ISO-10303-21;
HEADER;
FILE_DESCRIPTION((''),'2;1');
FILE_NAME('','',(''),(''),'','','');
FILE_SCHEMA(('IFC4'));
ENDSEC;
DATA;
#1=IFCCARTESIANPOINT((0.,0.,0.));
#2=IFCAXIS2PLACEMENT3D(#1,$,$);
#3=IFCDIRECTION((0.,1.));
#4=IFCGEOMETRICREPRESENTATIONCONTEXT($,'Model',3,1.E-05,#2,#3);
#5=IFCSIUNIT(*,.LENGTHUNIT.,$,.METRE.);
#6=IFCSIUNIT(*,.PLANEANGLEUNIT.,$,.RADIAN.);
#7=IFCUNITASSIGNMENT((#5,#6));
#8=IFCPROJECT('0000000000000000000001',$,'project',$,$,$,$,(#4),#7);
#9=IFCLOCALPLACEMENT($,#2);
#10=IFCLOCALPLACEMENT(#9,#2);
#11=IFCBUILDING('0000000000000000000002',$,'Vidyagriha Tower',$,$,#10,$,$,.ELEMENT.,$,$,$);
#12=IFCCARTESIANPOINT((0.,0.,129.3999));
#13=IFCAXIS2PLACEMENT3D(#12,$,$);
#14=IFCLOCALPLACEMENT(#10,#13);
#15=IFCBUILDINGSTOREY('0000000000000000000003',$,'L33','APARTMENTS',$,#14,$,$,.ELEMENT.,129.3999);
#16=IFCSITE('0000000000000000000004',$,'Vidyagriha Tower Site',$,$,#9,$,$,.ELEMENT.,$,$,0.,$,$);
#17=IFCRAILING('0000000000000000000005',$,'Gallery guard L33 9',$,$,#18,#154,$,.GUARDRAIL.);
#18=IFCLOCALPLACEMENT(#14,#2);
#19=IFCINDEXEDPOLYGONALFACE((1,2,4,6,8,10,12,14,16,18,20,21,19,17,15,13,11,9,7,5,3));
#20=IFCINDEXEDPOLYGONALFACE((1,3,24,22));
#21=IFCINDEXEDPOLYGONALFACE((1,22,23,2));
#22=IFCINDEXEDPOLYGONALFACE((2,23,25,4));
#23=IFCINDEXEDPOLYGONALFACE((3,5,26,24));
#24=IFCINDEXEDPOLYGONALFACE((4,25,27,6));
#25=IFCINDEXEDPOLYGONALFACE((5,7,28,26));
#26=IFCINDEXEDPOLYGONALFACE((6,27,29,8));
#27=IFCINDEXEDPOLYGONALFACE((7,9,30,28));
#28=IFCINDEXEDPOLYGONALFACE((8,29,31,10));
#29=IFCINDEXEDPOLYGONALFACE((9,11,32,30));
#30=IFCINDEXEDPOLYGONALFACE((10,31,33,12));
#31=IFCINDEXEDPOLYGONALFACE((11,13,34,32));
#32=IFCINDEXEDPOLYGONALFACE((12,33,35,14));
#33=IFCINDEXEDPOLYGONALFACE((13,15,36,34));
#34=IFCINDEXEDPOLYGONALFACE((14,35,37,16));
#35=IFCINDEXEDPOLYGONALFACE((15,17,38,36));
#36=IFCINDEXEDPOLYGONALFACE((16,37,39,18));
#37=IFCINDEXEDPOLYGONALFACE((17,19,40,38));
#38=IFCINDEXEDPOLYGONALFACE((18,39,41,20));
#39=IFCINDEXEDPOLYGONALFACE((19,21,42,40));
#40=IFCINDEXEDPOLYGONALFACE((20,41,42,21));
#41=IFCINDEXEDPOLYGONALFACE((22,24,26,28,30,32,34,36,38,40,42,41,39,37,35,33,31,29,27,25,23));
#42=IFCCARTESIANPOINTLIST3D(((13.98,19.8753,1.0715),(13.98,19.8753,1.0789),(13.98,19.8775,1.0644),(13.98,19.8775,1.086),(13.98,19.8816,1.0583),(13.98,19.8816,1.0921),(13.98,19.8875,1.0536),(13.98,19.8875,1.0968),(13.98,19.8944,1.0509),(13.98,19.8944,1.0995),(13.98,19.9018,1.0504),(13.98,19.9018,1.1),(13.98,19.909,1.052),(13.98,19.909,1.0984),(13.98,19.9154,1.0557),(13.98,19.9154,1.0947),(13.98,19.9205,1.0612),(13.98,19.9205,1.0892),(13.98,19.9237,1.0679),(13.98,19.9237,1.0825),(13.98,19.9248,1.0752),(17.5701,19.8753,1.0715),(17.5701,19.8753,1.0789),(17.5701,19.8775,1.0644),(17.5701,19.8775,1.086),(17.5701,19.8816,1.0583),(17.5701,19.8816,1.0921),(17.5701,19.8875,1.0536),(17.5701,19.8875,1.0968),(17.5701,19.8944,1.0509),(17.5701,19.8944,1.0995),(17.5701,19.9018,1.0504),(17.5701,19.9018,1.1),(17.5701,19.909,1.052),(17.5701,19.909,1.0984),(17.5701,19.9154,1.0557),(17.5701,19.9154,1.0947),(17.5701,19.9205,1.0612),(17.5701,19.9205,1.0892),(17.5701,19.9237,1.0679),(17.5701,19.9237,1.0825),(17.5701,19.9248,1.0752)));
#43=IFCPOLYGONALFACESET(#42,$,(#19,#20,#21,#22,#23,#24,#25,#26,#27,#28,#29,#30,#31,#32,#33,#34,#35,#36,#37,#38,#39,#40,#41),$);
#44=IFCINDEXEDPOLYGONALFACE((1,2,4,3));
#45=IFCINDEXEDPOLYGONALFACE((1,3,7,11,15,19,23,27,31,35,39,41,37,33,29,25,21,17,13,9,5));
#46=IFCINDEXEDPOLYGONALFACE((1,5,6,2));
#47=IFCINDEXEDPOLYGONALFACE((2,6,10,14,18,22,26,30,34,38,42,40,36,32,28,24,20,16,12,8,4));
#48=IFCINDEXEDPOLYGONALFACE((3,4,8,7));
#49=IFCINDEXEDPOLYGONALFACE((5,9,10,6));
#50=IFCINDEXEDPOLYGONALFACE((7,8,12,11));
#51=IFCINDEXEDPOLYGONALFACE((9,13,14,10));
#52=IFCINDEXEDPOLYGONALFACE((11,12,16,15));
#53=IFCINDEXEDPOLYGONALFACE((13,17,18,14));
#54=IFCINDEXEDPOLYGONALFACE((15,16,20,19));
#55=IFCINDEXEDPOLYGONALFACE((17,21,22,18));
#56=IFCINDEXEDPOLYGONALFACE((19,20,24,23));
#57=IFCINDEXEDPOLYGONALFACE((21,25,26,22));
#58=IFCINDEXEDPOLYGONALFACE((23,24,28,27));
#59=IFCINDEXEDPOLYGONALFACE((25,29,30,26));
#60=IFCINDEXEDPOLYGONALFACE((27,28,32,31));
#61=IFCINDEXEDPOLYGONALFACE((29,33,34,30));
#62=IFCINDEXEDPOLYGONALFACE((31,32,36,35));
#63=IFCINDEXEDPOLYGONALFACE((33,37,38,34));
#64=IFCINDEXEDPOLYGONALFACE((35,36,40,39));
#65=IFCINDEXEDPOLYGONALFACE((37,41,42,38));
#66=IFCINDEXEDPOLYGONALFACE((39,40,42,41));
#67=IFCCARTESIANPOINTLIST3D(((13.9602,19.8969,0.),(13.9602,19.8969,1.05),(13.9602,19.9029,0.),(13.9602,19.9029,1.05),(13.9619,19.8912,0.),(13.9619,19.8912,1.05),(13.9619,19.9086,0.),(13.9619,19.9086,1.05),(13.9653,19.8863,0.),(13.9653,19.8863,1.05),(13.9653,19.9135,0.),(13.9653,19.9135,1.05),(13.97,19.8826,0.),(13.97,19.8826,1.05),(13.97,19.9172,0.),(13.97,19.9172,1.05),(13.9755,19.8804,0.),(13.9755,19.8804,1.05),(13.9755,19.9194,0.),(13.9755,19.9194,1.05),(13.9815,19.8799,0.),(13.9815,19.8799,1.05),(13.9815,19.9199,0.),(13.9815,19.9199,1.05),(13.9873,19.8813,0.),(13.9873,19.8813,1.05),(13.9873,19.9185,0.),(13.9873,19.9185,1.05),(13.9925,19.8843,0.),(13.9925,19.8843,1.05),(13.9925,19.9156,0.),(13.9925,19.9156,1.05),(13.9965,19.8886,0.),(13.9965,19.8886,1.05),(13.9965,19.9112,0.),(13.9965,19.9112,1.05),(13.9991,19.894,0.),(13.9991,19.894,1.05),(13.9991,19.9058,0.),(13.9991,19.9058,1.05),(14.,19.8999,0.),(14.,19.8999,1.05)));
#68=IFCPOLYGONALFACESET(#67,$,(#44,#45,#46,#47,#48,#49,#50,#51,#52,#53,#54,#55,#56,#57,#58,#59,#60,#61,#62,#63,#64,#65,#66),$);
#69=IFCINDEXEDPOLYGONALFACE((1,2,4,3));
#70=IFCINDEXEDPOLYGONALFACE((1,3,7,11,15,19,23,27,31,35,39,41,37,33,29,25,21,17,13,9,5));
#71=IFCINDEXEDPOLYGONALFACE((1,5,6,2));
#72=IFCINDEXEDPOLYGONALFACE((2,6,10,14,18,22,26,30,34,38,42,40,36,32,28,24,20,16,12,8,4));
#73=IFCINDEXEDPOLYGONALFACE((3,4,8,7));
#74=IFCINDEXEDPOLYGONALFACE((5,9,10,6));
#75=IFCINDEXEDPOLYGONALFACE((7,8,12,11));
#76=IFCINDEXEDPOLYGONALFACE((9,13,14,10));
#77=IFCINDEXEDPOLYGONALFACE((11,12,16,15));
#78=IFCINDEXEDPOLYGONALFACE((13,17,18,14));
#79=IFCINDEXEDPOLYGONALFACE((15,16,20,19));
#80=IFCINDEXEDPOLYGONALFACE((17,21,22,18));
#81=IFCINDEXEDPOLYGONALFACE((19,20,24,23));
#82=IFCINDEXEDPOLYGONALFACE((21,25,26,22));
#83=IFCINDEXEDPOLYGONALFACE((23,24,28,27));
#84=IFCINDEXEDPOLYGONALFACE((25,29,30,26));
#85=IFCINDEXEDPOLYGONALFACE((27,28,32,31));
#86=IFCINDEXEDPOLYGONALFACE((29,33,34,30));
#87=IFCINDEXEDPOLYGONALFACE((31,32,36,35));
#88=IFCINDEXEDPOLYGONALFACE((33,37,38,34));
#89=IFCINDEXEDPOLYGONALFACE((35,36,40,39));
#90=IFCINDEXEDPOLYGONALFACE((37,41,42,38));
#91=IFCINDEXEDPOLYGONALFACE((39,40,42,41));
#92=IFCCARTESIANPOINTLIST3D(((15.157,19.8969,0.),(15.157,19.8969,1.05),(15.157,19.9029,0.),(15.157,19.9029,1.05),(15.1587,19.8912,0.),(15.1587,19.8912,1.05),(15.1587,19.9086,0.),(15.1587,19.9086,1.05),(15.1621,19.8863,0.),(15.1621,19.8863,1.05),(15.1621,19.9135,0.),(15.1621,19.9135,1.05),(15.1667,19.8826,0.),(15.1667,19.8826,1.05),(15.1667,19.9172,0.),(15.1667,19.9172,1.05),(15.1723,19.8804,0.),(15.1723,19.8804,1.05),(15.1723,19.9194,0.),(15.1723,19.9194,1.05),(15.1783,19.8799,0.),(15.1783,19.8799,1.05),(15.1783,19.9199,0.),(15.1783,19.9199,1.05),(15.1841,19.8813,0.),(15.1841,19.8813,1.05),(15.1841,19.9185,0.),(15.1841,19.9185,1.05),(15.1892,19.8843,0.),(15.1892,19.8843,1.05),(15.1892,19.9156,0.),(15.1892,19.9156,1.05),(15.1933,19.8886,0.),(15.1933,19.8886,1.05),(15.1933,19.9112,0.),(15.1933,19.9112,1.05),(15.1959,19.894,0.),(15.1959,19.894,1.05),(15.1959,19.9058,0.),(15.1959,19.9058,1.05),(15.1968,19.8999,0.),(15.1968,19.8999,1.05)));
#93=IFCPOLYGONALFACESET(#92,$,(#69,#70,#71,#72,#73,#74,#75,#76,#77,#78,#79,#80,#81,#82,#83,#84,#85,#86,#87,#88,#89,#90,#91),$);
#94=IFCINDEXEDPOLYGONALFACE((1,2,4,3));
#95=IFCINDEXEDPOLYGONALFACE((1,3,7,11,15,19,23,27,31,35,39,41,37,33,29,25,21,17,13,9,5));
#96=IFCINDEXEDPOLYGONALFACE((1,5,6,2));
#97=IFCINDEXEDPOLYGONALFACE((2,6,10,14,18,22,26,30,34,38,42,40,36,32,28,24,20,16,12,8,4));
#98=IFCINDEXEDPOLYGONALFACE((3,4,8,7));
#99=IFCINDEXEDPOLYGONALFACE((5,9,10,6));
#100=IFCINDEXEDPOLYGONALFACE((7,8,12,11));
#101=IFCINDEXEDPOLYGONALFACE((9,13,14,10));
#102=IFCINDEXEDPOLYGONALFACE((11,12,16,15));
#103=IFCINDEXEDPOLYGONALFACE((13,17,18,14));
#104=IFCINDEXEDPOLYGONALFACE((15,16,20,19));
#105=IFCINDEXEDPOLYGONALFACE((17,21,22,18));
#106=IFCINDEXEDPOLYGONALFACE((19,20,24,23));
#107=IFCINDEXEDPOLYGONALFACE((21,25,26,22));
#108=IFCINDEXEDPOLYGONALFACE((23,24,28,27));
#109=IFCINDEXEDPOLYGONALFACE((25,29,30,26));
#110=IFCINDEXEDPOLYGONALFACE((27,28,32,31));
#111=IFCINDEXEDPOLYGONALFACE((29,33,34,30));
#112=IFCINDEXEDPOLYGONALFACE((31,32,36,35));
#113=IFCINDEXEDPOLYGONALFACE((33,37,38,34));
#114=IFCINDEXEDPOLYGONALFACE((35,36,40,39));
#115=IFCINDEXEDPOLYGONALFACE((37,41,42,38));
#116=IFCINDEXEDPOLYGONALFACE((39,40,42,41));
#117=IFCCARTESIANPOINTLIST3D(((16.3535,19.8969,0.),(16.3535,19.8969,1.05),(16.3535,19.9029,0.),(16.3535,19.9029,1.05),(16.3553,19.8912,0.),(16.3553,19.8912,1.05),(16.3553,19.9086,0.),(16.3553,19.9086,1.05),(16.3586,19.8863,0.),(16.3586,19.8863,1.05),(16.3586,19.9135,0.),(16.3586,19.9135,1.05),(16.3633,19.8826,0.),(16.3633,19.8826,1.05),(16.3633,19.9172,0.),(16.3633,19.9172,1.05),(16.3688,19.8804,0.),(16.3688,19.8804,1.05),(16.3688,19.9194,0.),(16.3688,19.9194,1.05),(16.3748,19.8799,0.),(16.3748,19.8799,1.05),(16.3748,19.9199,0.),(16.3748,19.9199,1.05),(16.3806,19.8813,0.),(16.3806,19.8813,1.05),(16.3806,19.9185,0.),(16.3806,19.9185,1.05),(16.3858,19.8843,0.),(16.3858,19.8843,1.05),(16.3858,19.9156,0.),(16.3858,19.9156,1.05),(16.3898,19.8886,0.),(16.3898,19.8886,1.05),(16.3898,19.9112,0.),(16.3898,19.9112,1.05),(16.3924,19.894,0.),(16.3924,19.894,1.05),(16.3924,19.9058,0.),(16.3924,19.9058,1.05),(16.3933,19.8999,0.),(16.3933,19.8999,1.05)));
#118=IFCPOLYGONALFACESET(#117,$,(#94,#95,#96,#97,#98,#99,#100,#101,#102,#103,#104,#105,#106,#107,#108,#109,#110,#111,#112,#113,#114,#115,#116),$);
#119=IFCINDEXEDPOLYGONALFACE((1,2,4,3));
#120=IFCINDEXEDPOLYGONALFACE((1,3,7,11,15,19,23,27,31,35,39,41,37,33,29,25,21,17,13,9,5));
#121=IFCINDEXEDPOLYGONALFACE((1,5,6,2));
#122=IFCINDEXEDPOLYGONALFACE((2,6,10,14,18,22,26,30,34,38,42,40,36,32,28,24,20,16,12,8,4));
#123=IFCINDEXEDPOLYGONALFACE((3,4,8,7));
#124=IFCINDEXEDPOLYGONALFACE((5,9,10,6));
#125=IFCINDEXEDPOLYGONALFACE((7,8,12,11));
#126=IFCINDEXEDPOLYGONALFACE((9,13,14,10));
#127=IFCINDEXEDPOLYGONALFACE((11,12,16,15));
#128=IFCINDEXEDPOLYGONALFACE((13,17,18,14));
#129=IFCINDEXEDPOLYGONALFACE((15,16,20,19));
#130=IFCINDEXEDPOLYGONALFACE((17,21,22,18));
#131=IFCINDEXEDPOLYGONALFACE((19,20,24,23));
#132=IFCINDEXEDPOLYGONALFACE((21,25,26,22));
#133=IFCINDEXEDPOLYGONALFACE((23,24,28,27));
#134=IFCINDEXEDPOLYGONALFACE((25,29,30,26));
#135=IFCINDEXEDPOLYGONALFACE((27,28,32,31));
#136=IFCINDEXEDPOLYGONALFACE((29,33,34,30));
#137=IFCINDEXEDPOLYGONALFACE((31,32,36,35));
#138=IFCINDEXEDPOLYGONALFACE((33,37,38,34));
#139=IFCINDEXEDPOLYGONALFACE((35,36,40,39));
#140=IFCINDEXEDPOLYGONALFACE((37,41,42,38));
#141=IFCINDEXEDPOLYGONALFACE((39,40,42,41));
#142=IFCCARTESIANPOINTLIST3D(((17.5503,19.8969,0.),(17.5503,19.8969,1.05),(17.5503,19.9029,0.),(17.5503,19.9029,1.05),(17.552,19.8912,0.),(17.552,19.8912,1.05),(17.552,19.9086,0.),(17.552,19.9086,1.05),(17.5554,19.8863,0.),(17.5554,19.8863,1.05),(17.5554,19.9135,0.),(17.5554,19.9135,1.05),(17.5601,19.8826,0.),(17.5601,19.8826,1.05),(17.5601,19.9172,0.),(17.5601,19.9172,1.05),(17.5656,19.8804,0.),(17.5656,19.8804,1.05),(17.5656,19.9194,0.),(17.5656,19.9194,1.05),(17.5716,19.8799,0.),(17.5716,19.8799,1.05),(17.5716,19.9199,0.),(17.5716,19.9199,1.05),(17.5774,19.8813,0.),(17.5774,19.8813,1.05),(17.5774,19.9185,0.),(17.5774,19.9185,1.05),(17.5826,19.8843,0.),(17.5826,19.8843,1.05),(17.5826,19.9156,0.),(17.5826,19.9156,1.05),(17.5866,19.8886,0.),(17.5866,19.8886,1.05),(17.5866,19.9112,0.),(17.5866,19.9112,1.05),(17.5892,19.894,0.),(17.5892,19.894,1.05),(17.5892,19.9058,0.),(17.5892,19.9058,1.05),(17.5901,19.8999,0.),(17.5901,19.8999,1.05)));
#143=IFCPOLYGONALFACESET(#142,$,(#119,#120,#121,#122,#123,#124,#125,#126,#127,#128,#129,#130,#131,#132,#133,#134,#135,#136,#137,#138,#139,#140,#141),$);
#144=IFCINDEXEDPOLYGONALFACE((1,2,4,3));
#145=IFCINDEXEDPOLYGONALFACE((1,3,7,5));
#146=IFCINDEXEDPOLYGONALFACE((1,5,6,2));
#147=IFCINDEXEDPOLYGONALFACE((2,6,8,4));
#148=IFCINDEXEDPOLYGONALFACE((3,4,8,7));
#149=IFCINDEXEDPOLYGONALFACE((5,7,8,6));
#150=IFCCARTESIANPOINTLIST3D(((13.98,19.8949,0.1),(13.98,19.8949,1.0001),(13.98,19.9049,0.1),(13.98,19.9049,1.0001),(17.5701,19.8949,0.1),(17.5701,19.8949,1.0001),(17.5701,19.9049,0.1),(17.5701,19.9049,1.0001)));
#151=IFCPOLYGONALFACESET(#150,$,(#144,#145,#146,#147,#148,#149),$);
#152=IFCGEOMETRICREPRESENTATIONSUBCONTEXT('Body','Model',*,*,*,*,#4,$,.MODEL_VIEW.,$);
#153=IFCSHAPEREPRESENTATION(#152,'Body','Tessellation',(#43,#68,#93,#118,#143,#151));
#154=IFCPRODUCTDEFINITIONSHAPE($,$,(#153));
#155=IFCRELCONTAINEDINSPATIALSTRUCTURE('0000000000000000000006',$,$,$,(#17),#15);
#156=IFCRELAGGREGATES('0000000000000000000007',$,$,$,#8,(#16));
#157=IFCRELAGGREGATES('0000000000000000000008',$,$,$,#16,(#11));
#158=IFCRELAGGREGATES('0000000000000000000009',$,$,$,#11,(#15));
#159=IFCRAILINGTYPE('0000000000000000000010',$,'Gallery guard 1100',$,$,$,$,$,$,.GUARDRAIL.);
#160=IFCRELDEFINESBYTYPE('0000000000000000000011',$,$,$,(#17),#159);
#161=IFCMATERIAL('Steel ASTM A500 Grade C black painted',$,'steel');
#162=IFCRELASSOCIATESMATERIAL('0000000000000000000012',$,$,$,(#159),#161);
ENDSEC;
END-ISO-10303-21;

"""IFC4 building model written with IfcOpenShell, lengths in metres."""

from ifc_helpers import new_model, si_unit, direction, frame, origin, origin_2d, place, context, subcontext, project, spatial, rectangle, circle, extrude, material, type_object, element, save


model = new_model("IFC4")

# Units and contexts
model_context = context("Model", 3, precision=1e-05, world=origin(), true_north=direction((0.0, 1.0)))
body_context = subcontext(model_context, "Body", "Model", "MODEL_VIEW")
ifc_project = project(units=[si_unit("LENGTHUNIT", "METRE"), si_unit("PLANEANGLEUNIT", "RADIAN")], contexts=[model_context])

# Site, building, storey
site_placement = place(None, origin())
site = spatial("IfcSite", under=ifc_project, at=site_placement, Name="Vidyagriha Tower Site", CompositionType="ELEMENT", RefElevation=0.0)
building_placement = place(site_placement, origin())
building = spatial("IfcBuilding", under=site, at=building_placement, Name="Vidyagriha Tower", CompositionType="ELEMENT")
storey_placement = place(building_placement, frame((0.0, 0.0, 129.3999)))
storey = spatial("IfcBuildingStorey", under=building, at=storey_placement, Name="L33", Description="APARTMENTS", CompositionType="ELEMENT", Elevation=129.3999)

# Railing
ifc_material_1 = material(Name="Steel ASTM A500 Grade C black painted", Category="steel")
railing_type_1 = type_object("IfcRailingType", Name="Gallery guard 1100", PredefinedType="GUARDRAIL", material=ifc_material_1)
railing_1_placement = place(storey_placement, frame((13.98, 19.8999, 0.0)))
element("IfcRailing", 1, at=railing_1_placement, inside=storey, type_object=railing_type_1, Name="Gallery guard L33 9", PredefinedType="GUARDRAIL", context=body_context, shape_type="SweptSolid", body=[
    extrude(circle(Radius=0.0249, at=origin_2d()), frame((0.0, 0.0, 1.0752), z_axis=(1.0, 0.0, 0.0), x_axis=(0.0, 1.0, 0.0)), (0.0, 0.0, 1.0), 3.5901),
    extrude(circle(Radius=0.02, at=origin_2d()), origin(), (0.0, 0.0, 1.0), 1.05),
    extrude(circle(Radius=0.02, at=origin_2d()), frame((1.1968, 0.0, 0.0)), (0.0, 0.0, 1.0), 1.05),
    extrude(circle(Radius=0.02, at=origin_2d()), frame((2.3933, 0.0, 0.0)), (0.0, 0.0, 1.0), 1.05),
    extrude(circle(Radius=0.02, at=origin_2d()), frame((3.5901, 0.0, 0.0)), (0.0, 0.0, 1.0), 1.05),
    extrude(rectangle(XDim=0.01, YDim=0.9001, at=origin_2d()), frame((0.0, 0.0, 0.55), z_axis=(1.0, 0.0, 0.0), x_axis=(0.0, 1.0, 0.0)), (0.0, 0.0, 1.0), 3.5901),
])

save(model, "model.ifc")
